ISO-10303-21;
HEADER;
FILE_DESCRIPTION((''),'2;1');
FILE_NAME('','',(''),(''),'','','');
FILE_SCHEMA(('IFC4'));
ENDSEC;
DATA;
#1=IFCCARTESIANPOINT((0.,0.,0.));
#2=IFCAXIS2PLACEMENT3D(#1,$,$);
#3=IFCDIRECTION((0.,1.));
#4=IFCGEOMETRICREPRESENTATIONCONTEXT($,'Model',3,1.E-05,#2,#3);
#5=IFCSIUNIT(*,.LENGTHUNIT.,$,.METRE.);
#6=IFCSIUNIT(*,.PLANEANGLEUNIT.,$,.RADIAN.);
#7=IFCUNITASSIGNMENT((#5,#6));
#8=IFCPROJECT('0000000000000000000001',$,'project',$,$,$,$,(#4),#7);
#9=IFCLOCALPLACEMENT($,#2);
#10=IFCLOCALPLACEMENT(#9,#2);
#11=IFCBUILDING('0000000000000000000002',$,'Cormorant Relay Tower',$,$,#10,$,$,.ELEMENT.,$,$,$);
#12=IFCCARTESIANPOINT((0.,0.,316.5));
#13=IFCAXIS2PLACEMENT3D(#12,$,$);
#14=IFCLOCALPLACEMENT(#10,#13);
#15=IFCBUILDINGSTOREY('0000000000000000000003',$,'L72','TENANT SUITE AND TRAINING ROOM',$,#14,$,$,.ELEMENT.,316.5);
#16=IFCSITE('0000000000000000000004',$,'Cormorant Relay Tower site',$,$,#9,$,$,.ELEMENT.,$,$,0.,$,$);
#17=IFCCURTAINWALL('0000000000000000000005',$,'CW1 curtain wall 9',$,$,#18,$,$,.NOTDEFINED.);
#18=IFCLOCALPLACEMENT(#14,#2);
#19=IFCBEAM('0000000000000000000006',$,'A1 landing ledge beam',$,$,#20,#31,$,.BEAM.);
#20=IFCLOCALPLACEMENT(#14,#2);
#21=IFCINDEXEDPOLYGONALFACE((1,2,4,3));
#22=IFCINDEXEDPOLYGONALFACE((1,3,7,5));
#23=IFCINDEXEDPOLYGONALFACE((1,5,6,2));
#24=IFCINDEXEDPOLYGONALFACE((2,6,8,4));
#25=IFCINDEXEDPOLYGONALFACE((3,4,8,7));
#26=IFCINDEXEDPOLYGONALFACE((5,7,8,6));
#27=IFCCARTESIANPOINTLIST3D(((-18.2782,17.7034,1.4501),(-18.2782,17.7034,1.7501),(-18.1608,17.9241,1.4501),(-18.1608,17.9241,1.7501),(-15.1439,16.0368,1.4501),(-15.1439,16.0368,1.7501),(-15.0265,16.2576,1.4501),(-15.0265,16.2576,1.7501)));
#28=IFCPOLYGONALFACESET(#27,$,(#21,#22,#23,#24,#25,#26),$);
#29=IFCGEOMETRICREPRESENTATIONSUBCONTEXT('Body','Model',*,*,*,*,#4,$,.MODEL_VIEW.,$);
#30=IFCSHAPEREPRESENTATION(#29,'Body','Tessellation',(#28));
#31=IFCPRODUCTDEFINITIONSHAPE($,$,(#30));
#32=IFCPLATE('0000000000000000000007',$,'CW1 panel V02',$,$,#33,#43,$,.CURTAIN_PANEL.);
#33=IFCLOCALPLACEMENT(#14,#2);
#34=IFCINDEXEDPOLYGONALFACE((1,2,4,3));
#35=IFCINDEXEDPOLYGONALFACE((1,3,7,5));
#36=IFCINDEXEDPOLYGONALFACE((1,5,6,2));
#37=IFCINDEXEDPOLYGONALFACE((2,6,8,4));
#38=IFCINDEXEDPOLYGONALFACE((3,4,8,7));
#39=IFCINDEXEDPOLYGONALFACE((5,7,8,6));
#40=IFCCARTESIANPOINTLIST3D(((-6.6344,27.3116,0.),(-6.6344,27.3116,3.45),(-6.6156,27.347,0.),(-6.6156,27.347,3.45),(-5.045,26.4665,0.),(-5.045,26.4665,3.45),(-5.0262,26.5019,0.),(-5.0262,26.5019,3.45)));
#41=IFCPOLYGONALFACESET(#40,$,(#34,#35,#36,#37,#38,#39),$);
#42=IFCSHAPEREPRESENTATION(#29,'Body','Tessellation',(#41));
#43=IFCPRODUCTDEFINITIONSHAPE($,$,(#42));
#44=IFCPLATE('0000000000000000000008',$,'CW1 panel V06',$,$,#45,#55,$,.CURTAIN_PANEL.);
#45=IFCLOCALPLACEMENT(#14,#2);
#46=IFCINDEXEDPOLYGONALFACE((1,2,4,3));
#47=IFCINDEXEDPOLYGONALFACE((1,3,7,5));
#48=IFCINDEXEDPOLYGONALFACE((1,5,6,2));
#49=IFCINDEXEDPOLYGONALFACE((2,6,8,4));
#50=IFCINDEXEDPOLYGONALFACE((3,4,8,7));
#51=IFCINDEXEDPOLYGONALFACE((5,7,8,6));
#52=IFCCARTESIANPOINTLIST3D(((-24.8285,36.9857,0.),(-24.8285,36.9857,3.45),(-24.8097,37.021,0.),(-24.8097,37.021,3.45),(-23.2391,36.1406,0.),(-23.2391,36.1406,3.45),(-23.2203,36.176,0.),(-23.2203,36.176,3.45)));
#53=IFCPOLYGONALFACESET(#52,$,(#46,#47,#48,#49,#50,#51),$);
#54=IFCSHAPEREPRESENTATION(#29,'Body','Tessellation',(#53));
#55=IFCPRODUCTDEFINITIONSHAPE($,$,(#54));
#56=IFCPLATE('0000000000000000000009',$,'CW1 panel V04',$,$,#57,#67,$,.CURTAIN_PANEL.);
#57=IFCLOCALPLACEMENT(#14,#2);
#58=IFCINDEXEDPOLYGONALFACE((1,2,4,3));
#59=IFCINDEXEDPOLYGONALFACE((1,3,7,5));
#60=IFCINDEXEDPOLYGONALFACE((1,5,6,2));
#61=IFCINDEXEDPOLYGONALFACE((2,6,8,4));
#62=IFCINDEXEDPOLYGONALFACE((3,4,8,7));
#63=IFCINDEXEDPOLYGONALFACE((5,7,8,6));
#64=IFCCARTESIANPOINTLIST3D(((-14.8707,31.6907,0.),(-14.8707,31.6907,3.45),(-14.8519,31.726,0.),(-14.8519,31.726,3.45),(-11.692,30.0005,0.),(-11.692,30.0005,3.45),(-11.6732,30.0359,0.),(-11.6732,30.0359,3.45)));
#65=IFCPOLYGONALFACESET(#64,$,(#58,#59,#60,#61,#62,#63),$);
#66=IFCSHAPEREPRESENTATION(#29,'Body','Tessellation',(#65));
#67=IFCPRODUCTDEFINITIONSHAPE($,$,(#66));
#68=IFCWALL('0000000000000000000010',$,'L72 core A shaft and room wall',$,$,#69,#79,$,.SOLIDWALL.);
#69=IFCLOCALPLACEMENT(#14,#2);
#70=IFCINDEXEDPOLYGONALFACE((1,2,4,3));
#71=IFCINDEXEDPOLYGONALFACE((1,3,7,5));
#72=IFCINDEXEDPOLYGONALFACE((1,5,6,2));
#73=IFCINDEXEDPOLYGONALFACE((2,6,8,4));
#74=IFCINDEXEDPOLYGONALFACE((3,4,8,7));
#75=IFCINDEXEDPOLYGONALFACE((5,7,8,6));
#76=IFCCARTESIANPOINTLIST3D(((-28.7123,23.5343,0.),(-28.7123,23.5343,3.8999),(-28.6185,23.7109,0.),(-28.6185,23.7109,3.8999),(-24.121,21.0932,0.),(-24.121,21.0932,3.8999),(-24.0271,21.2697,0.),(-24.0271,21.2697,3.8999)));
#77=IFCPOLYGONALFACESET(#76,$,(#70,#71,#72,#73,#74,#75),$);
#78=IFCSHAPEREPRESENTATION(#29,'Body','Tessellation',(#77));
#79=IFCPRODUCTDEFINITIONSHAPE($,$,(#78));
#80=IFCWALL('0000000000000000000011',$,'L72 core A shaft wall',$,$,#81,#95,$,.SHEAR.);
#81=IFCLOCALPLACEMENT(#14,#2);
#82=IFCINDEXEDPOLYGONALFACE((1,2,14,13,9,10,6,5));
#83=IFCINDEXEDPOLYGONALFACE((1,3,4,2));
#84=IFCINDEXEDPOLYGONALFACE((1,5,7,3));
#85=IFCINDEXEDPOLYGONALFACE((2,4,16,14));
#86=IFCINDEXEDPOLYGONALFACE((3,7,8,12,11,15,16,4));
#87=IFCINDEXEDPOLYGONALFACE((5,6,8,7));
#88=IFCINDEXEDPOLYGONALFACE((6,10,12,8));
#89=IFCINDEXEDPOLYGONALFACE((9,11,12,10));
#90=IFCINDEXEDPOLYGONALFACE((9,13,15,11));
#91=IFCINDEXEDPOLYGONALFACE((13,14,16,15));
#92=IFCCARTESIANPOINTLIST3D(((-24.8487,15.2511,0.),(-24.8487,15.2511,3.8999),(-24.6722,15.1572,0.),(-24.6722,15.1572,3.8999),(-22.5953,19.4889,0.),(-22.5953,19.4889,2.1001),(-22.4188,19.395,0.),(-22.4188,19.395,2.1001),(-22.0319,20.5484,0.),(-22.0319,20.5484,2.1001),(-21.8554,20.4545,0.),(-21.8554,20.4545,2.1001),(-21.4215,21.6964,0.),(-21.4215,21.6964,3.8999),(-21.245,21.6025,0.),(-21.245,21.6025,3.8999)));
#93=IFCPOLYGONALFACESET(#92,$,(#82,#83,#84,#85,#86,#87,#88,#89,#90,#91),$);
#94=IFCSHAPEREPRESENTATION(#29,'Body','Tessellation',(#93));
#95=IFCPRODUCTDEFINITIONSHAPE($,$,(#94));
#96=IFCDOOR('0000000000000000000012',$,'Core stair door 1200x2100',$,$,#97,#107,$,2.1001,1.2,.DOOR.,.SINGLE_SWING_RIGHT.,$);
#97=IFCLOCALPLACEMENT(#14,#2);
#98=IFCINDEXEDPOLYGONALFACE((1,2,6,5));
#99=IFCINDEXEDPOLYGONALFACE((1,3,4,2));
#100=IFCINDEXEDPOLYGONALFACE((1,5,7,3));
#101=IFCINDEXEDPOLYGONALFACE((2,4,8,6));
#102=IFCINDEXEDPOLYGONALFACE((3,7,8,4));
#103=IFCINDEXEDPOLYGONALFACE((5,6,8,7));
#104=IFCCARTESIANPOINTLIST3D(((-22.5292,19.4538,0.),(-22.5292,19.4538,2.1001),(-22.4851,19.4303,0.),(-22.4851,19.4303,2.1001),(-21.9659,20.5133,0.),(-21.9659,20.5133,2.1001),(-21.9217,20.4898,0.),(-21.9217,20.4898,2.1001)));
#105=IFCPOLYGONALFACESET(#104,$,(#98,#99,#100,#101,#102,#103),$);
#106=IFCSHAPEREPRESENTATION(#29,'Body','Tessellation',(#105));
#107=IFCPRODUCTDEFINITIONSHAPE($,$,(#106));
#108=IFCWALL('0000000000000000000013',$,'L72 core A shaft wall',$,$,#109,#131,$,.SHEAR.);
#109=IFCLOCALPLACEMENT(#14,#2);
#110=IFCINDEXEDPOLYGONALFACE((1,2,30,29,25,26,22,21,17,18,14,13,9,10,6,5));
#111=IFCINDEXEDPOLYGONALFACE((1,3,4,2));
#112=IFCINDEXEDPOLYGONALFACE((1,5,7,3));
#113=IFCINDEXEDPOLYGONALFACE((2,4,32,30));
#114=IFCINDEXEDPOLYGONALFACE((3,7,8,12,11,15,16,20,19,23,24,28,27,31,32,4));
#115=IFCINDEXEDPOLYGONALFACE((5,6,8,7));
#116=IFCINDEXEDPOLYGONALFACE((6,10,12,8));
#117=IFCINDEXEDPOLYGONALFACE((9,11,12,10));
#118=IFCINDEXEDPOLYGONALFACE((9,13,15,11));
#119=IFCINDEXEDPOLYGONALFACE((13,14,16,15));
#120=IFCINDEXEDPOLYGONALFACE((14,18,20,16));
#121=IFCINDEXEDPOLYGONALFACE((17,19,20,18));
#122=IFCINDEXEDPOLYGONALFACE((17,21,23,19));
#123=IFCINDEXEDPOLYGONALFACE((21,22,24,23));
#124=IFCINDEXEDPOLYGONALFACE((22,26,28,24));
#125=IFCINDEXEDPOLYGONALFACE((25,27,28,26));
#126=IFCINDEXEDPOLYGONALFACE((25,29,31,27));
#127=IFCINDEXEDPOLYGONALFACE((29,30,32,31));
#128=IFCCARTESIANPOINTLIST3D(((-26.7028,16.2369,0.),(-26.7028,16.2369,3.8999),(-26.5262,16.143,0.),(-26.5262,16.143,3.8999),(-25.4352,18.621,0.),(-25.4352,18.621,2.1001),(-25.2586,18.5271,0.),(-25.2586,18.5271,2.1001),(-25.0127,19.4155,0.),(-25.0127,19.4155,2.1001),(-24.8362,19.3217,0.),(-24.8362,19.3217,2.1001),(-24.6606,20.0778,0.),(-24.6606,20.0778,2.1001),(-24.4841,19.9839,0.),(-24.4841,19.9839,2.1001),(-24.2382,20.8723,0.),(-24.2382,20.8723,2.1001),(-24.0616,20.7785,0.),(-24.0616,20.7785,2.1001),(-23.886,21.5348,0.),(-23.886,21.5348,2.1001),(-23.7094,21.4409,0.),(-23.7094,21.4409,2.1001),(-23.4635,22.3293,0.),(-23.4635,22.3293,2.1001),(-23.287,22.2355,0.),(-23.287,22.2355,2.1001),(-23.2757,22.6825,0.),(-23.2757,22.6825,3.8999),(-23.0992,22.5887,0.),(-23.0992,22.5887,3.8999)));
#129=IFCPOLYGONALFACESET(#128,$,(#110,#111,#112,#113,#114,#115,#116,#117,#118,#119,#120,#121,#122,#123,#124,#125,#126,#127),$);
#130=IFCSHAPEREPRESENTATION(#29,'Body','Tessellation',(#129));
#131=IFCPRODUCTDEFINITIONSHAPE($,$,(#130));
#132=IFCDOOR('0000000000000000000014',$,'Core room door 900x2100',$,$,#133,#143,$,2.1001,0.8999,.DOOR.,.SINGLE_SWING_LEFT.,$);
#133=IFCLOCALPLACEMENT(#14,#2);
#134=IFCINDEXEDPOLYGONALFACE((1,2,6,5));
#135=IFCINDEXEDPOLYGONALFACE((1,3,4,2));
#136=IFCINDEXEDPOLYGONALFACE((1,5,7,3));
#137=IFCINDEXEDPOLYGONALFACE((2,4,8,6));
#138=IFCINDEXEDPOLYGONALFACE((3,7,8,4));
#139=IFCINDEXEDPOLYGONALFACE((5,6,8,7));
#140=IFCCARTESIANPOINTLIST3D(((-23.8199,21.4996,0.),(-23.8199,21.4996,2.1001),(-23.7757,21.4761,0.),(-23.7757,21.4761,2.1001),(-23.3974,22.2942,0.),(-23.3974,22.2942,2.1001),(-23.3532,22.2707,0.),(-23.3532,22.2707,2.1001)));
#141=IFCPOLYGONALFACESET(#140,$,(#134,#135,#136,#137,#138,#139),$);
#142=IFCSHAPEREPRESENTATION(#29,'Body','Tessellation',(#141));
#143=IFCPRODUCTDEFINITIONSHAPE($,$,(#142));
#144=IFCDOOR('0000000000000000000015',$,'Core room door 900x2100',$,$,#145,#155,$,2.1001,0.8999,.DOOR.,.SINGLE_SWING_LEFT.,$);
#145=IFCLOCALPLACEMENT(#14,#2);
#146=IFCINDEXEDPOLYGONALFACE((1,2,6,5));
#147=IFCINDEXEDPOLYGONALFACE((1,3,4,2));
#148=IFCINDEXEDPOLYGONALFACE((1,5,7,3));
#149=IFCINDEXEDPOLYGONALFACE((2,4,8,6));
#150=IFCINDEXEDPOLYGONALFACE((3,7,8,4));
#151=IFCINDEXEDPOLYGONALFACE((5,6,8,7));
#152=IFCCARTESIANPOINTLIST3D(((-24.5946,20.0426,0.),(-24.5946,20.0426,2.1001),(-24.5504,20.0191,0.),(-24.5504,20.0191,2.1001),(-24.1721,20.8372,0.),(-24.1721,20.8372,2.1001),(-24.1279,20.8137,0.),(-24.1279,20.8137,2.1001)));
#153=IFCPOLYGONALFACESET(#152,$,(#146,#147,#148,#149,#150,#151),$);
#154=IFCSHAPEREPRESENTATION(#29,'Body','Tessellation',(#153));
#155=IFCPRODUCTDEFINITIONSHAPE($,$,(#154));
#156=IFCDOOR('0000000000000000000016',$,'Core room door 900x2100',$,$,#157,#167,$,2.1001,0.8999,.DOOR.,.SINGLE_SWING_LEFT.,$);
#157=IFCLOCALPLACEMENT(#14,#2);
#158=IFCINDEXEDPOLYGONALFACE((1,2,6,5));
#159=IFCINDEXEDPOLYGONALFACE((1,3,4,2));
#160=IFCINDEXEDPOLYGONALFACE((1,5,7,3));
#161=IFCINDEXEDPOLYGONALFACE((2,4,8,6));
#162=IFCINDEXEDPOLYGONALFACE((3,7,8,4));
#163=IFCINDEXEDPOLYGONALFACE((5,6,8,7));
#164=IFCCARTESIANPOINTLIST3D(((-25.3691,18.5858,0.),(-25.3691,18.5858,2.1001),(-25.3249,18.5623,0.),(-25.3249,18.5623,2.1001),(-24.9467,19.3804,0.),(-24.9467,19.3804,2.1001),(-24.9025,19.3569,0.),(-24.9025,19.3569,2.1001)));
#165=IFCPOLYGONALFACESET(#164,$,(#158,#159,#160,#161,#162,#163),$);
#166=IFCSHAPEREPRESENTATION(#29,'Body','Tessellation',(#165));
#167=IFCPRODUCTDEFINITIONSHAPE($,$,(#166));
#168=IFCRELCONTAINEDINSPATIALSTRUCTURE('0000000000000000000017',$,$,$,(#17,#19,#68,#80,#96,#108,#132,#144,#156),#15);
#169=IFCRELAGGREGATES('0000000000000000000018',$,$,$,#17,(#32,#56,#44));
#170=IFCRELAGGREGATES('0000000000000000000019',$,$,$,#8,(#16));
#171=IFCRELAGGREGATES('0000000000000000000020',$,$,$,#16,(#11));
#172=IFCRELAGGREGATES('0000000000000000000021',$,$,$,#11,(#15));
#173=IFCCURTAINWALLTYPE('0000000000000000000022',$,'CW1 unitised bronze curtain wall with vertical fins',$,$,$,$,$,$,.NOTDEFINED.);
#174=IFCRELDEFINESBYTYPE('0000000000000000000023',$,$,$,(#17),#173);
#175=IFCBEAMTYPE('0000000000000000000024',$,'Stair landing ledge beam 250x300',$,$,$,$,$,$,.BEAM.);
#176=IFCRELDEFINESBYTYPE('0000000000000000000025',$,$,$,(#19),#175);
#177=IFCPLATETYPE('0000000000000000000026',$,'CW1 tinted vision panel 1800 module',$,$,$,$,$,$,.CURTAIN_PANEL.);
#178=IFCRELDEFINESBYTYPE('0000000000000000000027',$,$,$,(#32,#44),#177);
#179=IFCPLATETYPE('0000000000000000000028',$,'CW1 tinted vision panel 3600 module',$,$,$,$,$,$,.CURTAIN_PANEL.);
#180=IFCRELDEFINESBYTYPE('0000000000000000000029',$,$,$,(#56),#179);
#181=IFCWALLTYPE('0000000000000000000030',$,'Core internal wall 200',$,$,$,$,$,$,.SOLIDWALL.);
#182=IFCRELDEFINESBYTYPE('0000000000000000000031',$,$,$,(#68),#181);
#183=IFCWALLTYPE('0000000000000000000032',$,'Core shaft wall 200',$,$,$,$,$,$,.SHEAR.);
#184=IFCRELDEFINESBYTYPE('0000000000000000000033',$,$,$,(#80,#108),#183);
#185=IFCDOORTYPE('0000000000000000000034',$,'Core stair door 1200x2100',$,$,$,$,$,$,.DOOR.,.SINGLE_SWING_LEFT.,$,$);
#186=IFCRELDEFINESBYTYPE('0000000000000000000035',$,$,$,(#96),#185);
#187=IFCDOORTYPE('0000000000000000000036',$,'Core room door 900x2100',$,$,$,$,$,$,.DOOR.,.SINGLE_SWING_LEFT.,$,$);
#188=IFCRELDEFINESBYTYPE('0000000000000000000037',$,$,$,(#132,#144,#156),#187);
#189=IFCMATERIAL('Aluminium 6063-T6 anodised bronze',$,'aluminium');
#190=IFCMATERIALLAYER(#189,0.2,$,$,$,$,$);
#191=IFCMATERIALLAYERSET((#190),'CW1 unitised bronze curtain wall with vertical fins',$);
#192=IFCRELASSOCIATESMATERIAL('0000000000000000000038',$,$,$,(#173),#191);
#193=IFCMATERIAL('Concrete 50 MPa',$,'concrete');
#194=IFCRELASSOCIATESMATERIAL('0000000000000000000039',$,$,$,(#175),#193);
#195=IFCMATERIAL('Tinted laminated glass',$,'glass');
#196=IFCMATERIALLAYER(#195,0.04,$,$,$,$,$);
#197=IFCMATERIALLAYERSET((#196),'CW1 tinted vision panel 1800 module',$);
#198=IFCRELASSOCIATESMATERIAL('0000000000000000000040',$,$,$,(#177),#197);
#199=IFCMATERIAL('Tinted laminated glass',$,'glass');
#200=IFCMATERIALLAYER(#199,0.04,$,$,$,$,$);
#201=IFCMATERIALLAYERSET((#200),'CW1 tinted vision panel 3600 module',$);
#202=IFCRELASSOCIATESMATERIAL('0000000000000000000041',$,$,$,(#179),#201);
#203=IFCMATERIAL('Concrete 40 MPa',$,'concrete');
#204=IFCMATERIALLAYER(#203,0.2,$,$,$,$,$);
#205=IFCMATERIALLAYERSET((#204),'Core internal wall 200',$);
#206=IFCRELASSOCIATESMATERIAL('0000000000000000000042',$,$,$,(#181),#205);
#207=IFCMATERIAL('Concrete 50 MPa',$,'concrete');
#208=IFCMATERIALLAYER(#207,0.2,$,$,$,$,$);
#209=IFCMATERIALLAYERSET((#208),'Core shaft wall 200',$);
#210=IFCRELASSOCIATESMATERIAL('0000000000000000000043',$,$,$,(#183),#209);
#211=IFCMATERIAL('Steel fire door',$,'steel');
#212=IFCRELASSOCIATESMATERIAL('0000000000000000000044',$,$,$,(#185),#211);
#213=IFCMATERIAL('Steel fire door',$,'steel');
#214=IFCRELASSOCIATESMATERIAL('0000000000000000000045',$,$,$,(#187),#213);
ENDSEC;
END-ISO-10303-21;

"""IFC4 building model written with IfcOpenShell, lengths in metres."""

from ifc_helpers import new_model, si_unit, direction, frame, frame_2d, origin, origin_2d, place, context, subcontext, project, spatial, rectangle, extrude, material, layer, layer_set, material_profile, profile_set, type_object, element, fill, aggregate, save


model = new_model("IFC4")

# Units and contexts
model_context = context("Model", 3, precision=1e-05, world=origin(), true_north=direction((0.0, 1.0)))
body_context = subcontext(model_context, "Body", "Model", "MODEL_VIEW")
ifc_project = project(units=[si_unit("LENGTHUNIT", "METRE"), si_unit("PLANEANGLEUNIT", "RADIAN")], contexts=[model_context])

# Site, building, storey
site_placement = place(None, origin())
site = spatial("IfcSite", under=ifc_project, at=site_placement, Name="Cormorant Relay Tower site", CompositionType="ELEMENT", RefElevation=0.0)
building_placement = place(site_placement, origin())
building = spatial("IfcBuilding", under=site, at=building_placement, Name="Cormorant Relay Tower", CompositionType="ELEMENT")
storey_placement = place(building_placement, frame((0.0, 0.0, 316.5)))
storey = spatial("IfcBuildingStorey", under=building, at=storey_placement, Name="L72", Description="TENANT SUITE AND TRAINING ROOM", CompositionType="ELEMENT", Elevation=316.5)

# Curtain wall
ifc_material_1 = material(Name="Aluminium 6063-T6 anodised bronze", Category="aluminium")
ifc_layer_1 = layer(ifc_material_1, 0.2)
ifc_layer_set_1 = layer_set([ifc_layer_1], Name="CW1 unitised bronze curtain wall with vertical fins")
curtain_wall_type = type_object("IfcCurtainWallType", Name="CW1 unitised bronze curtain wall with vertical fins", PredefinedType="NOTDEFINED", material=ifc_layer_set_1)
curtain_wall_placement = place(storey_placement, origin())
curtain_wall = element("IfcCurtainWall", 1, at=curtain_wall_placement, inside=storey, type_object=curtain_wall_type, Name="CW1 curtain wall 9", PredefinedType="NOTDEFINED")

# Beam
ifc_material_2 = material(Name="Concrete 50 MPa", Category="concrete")
ifc_material_profile_1 = material_profile(ifc_material_2, rectangle(XDim=0.25, YDim=0.3, at=origin_2d()), Name="RC 250x300")
ifc_profile_set_1 = profile_set([ifc_material_profile_1], Name="Concrete 50 MPa")
beam_type_1 = type_object("IfcBeamType", Name="Stair landing ledge beam 250x300", PredefinedType="BEAM", material=ifc_profile_set_1)
beam_1_placement = place(storey_placement, frame((-18.2195, 17.8137, 1.6001), z_axis=(0.88295, -0.469467, 0.0), x_axis=(0.469467, 0.88295, 0.0)))
element("IfcBeam", 2, at=beam_1_placement, inside=storey, type_object=beam_type_1, Name="A1 landing ledge beam", PredefinedType="BEAM", context=body_context, shape_type="SweptSolid", body=[
    extrude(rectangle(XDim=0.25, YDim=0.3, at=origin_2d()), origin(), (0.0, 0.0, 1.0), 3.5498),
])

# Plates
ifc_material_3 = material(Name="Tinted laminated glass", Category="glass")
ifc_layer_2 = layer(ifc_material_3, 0.04)
ifc_layer_set_2 = layer_set([ifc_layer_2], Name="CW1 tinted vision panel 1800 module")
plate_type_1 = type_object("IfcPlateType", Name="CW1 tinted vision panel 1800 module", PredefinedType="CURTAIN_PANEL", material=ifc_layer_set_2)
plate_1_placement = place(storey_placement, frame((-5.8303, 26.9067, 0.0), z_axis=(0.0, 0.0, 1.0), x_axis=(-0.882948, 0.469472, 0.0)))
plate_1 = element("IfcPlate", 3, at=plate_1_placement, type_object=plate_type_1, Name="CW1 panel V02", PredefinedType="CURTAIN_PANEL", context=body_context, shape_type="SweptSolid", body=[
    extrude(rectangle(XDim=1.8, YDim=0.04, at=origin_2d()), origin(), (0.0, 0.0, 1.0), 3.45),
])
plate_2_placement = place(storey_placement, frame((-24.0244, 36.5808, 0.0), z_axis=(0.0, 0.0, 1.0), x_axis=(-0.882948, 0.469472, 0.0)))
plate_2 = element("IfcPlate", 4, at=plate_2_placement, type_object=plate_type_1, Name="CW1 panel V06", PredefinedType="CURTAIN_PANEL", context=body_context, shape_type="SweptSolid", body=[
    extrude(rectangle(XDim=1.8, YDim=0.04, at=origin_2d()), origin(), (0.0, 0.0, 1.0), 3.45),
])
ifc_material_4 = material(Name="Tinted laminated glass", Category="glass")
ifc_layer_3 = layer(ifc_material_4, 0.04)
ifc_layer_set_3 = layer_set([ifc_layer_3], Name="CW1 tinted vision panel 3600 module")
plate_type_2 = type_object("IfcPlateType", Name="CW1 tinted vision panel 3600 module", PredefinedType="CURTAIN_PANEL", material=ifc_layer_set_3)
plate_3_placement = place(storey_placement, frame((-13.272, 30.8633, 0.0), z_axis=(0.0, 0.0, 1.0), x_axis=(-0.882948, 0.469472, 0.0)))
plate_3 = element("IfcPlate", 5, at=plate_3_placement, type_object=plate_type_2, Name="CW1 panel V04", PredefinedType="CURTAIN_PANEL", context=body_context, shape_type="SweptSolid", body=[
    extrude(rectangle(XDim=3.6001, YDim=0.04, at=origin_2d()), origin(), (0.0, 0.0, 1.0), 3.45),
])

# Wall
ifc_material_5 = material(Name="Concrete 40 MPa", Category="concrete")
ifc_layer_4 = layer(ifc_material_5, 0.2)
ifc_layer_set_4 = layer_set([ifc_layer_4], Name="Core internal wall 200")
wall_type_1 = type_object("IfcWallType", Name="Core internal wall 200", PredefinedType="SOLIDWALL", material=ifc_layer_set_4)
wall_1_placement = place(storey_placement, frame((-24.074, 21.1814, 0.0), z_axis=(0.0, 0.0, 1.0), x_axis=(-0.882954, 0.46946, 0.0)))
element("IfcWall", 6, at=wall_1_placement, inside=storey, type_object=wall_type_1, Name="L72 core A shaft and room wall", PredefinedType="SOLIDWALL", context=body_context, shape_type="SweptSolid", body=[
    extrude(rectangle(XDim=5.2, YDim=0.2, at=frame_2d((2.6001, 0.0))), origin(), (0.0, 0.0, 1.0), 3.8999),
])

# Wall, opening, door
ifc_material_6 = material(Name="Concrete 50 MPa", Category="concrete")
ifc_layer_5 = layer(ifc_material_6, 0.2)
ifc_layer_set_5 = layer_set([ifc_layer_5], Name="Core shaft wall 200")
wall_type_2 = type_object("IfcWallType", Name="Core shaft wall 200", PredefinedType="SHEAR", material=ifc_layer_set_5)
wall_2_placement = place(storey_placement, frame((-21.3333, 21.6494, 0.0), z_axis=(0.0, 0.0, 1.0), x_axis=(-0.469494, -0.882936, 0.0)))
wall_2 = element("IfcWall", 7, at=wall_2_placement, inside=storey, type_object=wall_type_2, Name="L72 core A shaft wall", PredefinedType="SHEAR", context=body_context, shape_type="SweptSolid", body=[
    extrude(rectangle(XDim=7.2998, YDim=0.2, at=frame_2d((3.6499, 0.0))), origin(), (0.0, 0.0, 1.0), 3.8999),
])
opening_1_placement = place(wall_2_placement, frame((1.3, 0.0, 0.0)))
opening_1 = element("IfcOpeningElement", 8, at=opening_1_placement, cuts=wall_2, PredefinedType="OPENING", context=body_context, shape_type="SweptSolid", body=[
    extrude(rectangle(XDim=1.2, YDim=2.1001, at=frame_2d((0.6001, 1.05))), frame((0.0, 0.1099, 0.0), z_axis=(0.0, -1.0, 0.0), x_axis=(1.0, 0.0, 0.0)), (0.0, 0.0, 1.0), 0.22),
])
ifc_material_7 = material(Name="Steel fire door", Category="steel")
door_type_1 = type_object("IfcDoorType", Name="Core stair door 1200x2100", OperationType="SINGLE_SWING_LEFT", PredefinedType="DOOR", material=ifc_material_7)
door_1_placement = place(opening_1_placement, origin())
door_1 = element("IfcDoor", 9, at=door_1_placement, inside=storey, type_object=door_type_1, Name="Core stair door 1200x2100", OperationType="SINGLE_SWING_RIGHT", OverallHeight=2.1001, OverallWidth=1.2, PredefinedType="DOOR", context=body_context, shape_type="SweptSolid", body=[
    extrude(rectangle(XDim=1.2, YDim=2.1001, at=frame_2d((0.6001, 1.05))), frame((0.0, 0.0249, 0.0), z_axis=(0.0, -1.0, 0.0), x_axis=(1.0, 0.0, 0.0)), (0.0, 0.0, 1.0), 0.05),
])
fill(opening_1, door_1)

# Wall, openings, doors
wall_3_placement = place(storey_placement, frame((-23.1875, 22.6355, 0.0), z_axis=(0.0, 0.0, 1.0), x_axis=(-0.469454, -0.882957, 0.0)))
wall_3 = element("IfcWall", 10, at=wall_3_placement, inside=storey, type_object=wall_type_2, Name="L72 core A shaft wall", PredefinedType="SHEAR", context=body_context, shape_type="SweptSolid", body=[
    extrude(rectangle(XDim=7.3, YDim=0.2, at=frame_2d((3.6499, 0.0))), origin(), (0.0, 0.0, 1.0), 3.8999),
])
opening_2_placement = place(wall_3_placement, frame((0.3999, 0.0, 0.0)))
opening_2 = element("IfcOpeningElement", 11, at=opening_2_placement, cuts=wall_3, PredefinedType="OPENING", context=body_context, shape_type="SweptSolid", body=[
    extrude(rectangle(XDim=0.8999, YDim=2.1001, at=frame_2d((0.45, 1.05))), frame((0.0, 0.1099, 0.0), z_axis=(0.0, -1.0, 0.0), x_axis=(1.0, 0.0, 0.0)), (0.0, 0.0, 1.0), 0.22),
])
opening_3_placement = place(wall_3_placement, frame((2.05, 0.0, 0.0)))
opening_3 = element("IfcOpeningElement", 12, at=opening_3_placement, cuts=wall_3, PredefinedType="OPENING", context=body_context, shape_type="SweptSolid", body=[
    extrude(rectangle(XDim=0.8999, YDim=2.1001, at=frame_2d((0.45, 1.05))), frame((0.0, 0.1099, 0.0), z_axis=(0.0, -1.0, 0.0), x_axis=(1.0, 0.0, 0.0)), (0.0, 0.0, 1.0), 0.22),
])
opening_4_placement = place(wall_3_placement, frame((3.7, 0.0, 0.0)))
opening_4 = element("IfcOpeningElement", 13, at=opening_4_placement, cuts=wall_3, PredefinedType="OPENING", context=body_context, shape_type="SweptSolid", body=[
    extrude(rectangle(XDim=0.8999, YDim=2.1001, at=frame_2d((0.45, 1.05))), frame((0.0, 0.1099, 0.0), z_axis=(0.0, -1.0, 0.0), x_axis=(1.0, 0.0, 0.0)), (0.0, 0.0, 1.0), 0.22),
])
ifc_material_8 = material(Name="Steel fire door", Category="steel")
door_type_2 = type_object("IfcDoorType", Name="Core room door 900x2100", OperationType="SINGLE_SWING_LEFT", PredefinedType="DOOR", material=ifc_material_8)
door_2_placement = place(opening_2_placement, origin())
door_2 = element("IfcDoor", 14, at=door_2_placement, inside=storey, type_object=door_type_2, Name="Core room door 900x2100", OperationType="SINGLE_SWING_LEFT", OverallHeight=2.1001, OverallWidth=0.8999, PredefinedType="DOOR", context=body_context, shape_type="SweptSolid", body=[
    extrude(rectangle(XDim=0.8999, YDim=2.1001, at=frame_2d((0.45, 1.05))), frame((0.0, 0.0249, 0.0), z_axis=(0.0, -1.0, 0.0), x_axis=(1.0, 0.0, 0.0)), (0.0, 0.0, 1.0), 0.05),
])
fill(opening_2, door_2)
door_3_placement = place(opening_3_placement, origin())
door_3 = element("IfcDoor", 15, at=door_3_placement, inside=storey, type_object=door_type_2, Name="Core room door 900x2100", OperationType="SINGLE_SWING_LEFT", OverallHeight=2.1001, OverallWidth=0.8999, PredefinedType="DOOR", context=body_context, shape_type="SweptSolid", body=[
    extrude(rectangle(XDim=0.8999, YDim=2.1001, at=frame_2d((0.45, 1.05))), frame((0.0, 0.0249, 0.0), z_axis=(0.0, -1.0, 0.0), x_axis=(1.0, 0.0, 0.0)), (0.0, 0.0, 1.0), 0.05),
])
fill(opening_3, door_3)
door_4_placement = place(opening_4_placement, origin())
door_4 = element("IfcDoor", 16, at=door_4_placement, inside=storey, type_object=door_type_2, Name="Core room door 900x2100", OperationType="SINGLE_SWING_LEFT", OverallHeight=2.1001, OverallWidth=0.8999, PredefinedType="DOOR", context=body_context, shape_type="SweptSolid", body=[
    extrude(rectangle(XDim=0.8999, YDim=2.1001, at=frame_2d((0.45, 1.05))), frame((0.0, 0.0249, 0.0), z_axis=(0.0, -1.0, 0.0), x_axis=(1.0, 0.0, 0.0)), (0.0, 0.0, 1.0), 0.05),
])
fill(opening_4, door_4)

aggregate(curtain_wall, [plate_1, plate_3, plate_2])

save(model, "model.ifc")
